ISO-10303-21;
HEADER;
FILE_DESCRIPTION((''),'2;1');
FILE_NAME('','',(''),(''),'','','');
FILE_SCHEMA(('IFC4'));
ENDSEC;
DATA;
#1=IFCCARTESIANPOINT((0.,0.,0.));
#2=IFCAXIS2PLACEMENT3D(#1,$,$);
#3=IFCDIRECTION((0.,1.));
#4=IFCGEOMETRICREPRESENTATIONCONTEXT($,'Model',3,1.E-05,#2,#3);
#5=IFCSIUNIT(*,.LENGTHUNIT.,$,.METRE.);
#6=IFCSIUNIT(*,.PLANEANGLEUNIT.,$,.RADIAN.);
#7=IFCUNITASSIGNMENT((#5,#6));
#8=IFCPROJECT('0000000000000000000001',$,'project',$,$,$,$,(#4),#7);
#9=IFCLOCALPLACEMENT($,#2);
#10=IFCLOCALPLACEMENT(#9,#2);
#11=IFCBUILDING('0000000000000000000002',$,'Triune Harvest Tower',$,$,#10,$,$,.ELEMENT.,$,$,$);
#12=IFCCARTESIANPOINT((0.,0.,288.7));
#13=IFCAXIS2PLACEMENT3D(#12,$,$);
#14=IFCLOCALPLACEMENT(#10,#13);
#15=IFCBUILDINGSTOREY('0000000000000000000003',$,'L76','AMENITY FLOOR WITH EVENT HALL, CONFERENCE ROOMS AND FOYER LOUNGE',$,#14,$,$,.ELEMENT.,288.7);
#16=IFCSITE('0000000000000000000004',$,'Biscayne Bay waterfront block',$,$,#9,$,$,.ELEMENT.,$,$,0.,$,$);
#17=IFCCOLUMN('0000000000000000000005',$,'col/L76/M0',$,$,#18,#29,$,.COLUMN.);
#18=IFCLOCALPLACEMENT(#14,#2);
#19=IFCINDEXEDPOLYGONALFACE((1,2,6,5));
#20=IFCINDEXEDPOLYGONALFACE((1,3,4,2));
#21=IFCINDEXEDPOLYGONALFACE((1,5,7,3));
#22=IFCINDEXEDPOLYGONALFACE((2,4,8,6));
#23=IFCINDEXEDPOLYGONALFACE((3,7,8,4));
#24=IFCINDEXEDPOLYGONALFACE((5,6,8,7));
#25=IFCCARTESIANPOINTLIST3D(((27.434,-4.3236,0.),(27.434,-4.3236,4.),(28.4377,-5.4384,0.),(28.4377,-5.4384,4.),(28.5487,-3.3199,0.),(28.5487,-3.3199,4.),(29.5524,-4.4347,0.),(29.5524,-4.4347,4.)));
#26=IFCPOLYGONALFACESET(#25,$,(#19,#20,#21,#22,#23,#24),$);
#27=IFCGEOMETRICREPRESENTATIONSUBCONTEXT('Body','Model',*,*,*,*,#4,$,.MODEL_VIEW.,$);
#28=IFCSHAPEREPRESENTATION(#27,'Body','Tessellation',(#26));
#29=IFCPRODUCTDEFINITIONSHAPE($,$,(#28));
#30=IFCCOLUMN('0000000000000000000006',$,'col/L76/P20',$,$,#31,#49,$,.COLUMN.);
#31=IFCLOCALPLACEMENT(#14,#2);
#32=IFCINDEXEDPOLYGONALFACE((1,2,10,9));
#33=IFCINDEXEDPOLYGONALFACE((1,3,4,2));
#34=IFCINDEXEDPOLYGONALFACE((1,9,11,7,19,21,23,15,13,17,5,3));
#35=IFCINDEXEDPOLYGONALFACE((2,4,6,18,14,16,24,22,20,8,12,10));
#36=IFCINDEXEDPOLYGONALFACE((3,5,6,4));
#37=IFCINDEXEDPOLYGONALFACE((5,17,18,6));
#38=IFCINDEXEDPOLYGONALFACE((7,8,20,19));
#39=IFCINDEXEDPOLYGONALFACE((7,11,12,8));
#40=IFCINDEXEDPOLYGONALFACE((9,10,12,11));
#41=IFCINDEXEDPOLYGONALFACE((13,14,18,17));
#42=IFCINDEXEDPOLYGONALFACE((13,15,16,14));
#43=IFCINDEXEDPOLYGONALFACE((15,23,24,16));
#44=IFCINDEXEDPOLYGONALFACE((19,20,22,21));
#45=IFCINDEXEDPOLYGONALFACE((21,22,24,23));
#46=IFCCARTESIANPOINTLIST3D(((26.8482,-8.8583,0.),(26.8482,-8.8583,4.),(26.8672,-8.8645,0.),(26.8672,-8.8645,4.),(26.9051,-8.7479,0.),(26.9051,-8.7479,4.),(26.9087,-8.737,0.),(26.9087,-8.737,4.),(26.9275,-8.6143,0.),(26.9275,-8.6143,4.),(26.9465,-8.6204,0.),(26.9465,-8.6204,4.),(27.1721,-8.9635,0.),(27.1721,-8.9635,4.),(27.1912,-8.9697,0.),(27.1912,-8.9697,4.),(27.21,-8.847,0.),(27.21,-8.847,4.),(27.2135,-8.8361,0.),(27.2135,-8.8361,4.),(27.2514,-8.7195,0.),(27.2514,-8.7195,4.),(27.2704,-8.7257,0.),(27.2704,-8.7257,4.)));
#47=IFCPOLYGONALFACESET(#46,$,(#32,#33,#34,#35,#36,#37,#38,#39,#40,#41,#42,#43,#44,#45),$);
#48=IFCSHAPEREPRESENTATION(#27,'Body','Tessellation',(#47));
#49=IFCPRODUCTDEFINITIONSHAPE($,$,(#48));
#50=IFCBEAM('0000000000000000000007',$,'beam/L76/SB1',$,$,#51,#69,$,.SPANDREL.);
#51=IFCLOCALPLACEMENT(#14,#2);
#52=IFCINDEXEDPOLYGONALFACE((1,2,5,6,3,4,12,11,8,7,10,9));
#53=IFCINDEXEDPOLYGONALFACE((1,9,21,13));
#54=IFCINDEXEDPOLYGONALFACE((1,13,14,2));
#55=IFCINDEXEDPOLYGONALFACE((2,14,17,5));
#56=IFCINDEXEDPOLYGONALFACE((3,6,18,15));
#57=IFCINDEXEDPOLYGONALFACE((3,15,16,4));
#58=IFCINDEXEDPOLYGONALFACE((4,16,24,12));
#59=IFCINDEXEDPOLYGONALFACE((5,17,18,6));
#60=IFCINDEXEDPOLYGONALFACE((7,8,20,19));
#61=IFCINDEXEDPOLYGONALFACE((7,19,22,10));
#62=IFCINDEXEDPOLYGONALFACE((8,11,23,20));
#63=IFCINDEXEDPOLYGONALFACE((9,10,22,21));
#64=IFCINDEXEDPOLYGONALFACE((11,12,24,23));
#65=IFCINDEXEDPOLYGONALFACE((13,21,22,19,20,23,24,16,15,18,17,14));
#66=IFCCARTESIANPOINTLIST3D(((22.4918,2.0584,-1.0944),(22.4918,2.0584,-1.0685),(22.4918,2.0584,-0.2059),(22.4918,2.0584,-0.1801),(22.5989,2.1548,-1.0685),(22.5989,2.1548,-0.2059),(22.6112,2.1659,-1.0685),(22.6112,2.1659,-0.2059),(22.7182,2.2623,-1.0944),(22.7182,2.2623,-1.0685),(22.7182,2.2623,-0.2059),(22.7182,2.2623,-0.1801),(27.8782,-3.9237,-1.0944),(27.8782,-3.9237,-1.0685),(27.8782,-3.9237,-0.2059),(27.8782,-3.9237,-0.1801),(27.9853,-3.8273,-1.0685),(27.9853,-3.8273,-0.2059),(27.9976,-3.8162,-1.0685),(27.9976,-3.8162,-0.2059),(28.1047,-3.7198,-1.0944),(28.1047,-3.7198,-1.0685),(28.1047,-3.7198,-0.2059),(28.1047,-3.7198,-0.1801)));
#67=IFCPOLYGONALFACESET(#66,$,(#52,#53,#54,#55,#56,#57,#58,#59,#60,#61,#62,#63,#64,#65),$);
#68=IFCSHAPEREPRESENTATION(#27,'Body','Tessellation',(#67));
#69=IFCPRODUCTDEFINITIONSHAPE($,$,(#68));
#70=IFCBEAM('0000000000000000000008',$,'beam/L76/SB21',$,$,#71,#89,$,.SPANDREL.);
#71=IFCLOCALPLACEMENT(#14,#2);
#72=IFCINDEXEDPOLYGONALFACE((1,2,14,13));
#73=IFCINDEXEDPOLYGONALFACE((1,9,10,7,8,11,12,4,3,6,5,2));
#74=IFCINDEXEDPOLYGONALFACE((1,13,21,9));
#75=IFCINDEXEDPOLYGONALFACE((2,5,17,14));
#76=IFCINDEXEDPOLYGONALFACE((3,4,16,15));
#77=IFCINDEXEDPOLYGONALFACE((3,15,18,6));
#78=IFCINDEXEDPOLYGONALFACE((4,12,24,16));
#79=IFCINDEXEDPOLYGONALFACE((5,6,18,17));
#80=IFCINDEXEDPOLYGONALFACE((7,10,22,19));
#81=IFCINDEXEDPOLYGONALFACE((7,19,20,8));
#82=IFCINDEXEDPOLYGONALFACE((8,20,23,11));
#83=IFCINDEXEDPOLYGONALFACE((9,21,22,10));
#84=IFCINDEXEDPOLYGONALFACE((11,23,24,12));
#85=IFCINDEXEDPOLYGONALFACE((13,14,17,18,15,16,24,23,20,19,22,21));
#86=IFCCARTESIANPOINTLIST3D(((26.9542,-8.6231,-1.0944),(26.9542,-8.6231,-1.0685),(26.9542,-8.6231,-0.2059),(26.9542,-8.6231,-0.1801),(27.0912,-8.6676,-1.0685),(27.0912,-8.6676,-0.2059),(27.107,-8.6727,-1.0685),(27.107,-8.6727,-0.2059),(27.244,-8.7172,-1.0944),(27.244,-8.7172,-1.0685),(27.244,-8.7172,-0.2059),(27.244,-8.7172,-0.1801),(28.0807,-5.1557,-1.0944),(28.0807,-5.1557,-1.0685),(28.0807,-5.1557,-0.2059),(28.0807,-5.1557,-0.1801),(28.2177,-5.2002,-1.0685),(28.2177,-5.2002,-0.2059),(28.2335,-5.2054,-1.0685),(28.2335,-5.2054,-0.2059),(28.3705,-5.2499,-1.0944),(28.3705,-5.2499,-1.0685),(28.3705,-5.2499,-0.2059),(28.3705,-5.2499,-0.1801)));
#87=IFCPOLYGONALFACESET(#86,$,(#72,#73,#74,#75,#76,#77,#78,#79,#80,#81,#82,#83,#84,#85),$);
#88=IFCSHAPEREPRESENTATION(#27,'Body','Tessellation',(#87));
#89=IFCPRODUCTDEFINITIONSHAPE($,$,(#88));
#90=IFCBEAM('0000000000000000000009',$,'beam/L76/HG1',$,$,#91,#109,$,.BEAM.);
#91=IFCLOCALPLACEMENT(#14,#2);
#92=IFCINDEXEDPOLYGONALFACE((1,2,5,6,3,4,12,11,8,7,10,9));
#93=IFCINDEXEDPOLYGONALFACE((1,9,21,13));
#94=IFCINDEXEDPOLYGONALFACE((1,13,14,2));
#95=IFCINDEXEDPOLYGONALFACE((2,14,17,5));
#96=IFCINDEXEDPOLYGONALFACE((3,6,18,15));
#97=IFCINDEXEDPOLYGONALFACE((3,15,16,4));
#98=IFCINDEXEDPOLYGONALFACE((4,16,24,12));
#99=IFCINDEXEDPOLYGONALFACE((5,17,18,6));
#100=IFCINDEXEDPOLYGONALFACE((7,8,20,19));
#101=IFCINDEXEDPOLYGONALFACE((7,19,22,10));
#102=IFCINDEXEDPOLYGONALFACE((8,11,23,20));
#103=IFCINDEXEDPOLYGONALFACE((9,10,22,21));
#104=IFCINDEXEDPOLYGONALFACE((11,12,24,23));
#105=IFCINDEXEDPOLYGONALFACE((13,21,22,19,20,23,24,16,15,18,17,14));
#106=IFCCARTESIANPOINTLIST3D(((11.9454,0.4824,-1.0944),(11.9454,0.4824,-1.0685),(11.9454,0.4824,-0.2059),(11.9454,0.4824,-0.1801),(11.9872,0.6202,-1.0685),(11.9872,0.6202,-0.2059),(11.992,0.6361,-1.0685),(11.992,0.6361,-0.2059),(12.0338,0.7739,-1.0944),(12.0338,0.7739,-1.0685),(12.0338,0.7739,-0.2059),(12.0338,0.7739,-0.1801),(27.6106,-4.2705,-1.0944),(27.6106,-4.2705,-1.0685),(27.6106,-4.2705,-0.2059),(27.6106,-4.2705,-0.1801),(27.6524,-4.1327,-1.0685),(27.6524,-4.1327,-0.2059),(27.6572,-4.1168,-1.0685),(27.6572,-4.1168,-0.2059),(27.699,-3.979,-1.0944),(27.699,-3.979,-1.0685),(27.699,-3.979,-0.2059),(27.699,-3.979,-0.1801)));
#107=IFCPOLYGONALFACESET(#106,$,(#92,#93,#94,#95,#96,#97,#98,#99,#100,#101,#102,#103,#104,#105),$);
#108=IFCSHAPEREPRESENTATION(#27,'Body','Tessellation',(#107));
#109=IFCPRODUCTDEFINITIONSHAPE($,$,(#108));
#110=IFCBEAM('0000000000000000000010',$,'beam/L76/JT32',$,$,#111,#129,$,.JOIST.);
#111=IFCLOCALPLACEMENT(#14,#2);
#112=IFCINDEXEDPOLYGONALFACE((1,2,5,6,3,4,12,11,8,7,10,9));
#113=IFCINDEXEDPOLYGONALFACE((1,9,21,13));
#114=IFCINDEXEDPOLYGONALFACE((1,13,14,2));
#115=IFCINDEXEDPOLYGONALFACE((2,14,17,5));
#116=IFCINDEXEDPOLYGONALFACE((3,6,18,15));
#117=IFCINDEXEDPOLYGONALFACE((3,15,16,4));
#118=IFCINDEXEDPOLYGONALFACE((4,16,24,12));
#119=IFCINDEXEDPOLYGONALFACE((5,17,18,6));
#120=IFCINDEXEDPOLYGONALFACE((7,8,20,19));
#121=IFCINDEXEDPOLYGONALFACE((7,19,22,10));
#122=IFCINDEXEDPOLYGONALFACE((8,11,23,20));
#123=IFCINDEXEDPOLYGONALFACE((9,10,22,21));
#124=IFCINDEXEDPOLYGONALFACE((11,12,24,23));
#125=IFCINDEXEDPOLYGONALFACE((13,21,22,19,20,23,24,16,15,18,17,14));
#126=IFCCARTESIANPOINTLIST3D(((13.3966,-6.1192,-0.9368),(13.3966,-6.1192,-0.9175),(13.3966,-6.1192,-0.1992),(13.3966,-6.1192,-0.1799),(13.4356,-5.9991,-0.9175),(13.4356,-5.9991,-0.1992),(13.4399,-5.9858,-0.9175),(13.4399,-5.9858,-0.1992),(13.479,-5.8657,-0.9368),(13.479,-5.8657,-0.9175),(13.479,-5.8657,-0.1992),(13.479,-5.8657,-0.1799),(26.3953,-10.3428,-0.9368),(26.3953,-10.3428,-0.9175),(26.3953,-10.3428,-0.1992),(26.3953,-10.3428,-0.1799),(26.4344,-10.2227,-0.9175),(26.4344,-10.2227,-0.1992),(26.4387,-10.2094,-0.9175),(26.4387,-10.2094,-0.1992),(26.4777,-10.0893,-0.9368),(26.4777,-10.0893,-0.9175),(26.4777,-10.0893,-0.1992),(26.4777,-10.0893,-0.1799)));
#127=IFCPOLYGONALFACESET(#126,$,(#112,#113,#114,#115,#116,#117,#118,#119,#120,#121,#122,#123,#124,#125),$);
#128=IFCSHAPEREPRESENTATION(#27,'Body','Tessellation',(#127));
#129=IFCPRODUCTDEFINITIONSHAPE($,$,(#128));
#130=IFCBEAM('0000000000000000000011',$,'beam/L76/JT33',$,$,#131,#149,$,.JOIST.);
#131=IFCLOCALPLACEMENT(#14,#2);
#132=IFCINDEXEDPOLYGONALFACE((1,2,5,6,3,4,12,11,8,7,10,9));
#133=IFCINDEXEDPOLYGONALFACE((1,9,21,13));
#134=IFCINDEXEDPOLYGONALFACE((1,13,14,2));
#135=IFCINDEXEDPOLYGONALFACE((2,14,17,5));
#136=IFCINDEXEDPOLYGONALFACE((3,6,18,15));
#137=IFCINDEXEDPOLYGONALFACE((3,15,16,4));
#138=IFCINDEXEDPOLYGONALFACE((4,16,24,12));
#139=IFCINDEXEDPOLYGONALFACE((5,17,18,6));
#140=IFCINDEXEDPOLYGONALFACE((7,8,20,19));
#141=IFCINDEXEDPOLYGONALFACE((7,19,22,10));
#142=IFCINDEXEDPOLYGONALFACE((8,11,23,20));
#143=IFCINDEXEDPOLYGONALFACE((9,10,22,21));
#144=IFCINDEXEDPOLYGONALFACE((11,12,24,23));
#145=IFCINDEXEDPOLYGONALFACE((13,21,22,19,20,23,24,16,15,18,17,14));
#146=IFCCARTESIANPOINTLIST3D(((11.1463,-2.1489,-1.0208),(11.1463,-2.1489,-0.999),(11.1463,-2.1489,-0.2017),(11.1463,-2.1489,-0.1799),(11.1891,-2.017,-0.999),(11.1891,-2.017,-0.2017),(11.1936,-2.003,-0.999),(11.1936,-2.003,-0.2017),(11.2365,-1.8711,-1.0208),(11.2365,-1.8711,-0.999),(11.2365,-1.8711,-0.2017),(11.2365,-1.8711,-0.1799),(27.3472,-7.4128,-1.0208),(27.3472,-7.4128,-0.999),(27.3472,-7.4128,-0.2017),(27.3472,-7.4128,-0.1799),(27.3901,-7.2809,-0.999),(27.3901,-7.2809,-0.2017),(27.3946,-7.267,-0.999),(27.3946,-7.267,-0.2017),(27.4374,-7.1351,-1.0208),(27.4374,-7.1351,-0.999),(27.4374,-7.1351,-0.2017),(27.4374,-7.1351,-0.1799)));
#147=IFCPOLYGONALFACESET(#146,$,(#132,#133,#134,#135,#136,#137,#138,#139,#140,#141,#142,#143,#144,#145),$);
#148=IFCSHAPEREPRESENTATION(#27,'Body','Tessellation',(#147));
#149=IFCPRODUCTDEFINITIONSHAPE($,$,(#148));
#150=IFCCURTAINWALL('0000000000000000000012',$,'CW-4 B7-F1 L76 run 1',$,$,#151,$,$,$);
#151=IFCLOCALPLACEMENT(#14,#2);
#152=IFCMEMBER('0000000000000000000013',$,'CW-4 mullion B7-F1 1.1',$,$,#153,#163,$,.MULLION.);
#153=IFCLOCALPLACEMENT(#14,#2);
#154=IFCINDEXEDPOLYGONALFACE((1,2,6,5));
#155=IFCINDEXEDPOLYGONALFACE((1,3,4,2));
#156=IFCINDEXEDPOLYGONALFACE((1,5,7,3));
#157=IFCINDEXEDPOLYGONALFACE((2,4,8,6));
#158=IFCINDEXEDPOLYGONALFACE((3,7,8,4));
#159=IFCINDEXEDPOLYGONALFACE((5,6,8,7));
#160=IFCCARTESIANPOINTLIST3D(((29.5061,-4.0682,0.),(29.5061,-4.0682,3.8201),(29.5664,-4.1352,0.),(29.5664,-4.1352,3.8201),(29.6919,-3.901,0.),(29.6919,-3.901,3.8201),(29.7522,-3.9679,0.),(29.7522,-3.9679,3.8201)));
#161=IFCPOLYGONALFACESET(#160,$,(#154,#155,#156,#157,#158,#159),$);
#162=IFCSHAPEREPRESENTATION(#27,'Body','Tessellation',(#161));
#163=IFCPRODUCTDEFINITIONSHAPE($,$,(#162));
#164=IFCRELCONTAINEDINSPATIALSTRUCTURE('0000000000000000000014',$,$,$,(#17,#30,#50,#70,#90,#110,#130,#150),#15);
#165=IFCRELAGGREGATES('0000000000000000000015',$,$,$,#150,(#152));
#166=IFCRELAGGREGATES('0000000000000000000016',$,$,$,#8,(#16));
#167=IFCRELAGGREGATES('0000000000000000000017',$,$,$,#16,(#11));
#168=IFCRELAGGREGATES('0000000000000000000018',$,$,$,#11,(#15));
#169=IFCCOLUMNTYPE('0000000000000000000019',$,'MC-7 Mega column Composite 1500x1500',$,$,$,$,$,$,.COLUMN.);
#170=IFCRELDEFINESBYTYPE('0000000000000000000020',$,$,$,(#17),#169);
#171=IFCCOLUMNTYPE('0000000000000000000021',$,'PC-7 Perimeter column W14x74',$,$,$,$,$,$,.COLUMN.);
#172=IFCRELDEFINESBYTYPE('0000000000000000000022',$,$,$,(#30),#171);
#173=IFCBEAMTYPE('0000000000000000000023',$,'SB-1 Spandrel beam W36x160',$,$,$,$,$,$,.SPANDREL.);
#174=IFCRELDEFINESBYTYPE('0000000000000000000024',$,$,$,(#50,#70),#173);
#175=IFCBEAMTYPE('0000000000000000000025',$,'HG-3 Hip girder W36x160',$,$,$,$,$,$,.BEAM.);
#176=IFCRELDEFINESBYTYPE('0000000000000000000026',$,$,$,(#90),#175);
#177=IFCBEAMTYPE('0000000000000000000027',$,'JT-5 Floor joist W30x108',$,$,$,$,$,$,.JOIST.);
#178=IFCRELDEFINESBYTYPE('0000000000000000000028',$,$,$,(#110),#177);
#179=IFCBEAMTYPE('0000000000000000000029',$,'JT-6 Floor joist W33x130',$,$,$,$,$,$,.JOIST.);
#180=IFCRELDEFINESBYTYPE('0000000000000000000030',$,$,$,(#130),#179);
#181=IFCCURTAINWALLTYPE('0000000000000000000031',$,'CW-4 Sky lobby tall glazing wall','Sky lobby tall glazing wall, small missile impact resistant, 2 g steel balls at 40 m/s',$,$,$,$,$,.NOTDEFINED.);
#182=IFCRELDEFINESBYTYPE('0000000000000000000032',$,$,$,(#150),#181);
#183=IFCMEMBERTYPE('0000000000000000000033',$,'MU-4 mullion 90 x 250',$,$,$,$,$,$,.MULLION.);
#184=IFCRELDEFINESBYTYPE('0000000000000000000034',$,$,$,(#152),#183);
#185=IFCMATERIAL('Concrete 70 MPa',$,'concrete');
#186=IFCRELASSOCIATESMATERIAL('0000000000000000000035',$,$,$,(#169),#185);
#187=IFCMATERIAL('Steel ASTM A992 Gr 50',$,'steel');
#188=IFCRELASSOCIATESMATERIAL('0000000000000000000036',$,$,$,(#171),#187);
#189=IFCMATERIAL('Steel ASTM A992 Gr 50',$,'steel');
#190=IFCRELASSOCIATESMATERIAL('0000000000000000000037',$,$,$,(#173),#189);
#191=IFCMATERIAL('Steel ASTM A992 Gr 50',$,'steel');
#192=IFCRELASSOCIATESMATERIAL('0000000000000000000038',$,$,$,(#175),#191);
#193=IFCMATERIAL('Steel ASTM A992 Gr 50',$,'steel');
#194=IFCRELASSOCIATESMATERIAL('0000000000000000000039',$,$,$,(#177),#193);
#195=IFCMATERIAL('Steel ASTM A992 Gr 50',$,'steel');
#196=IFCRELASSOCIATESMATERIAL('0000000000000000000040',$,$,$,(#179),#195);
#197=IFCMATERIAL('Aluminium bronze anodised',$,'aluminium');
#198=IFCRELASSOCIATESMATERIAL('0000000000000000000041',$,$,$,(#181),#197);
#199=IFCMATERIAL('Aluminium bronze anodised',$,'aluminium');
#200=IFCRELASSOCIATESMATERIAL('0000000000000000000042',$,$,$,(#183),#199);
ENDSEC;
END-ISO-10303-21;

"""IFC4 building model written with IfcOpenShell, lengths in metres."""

from ifc_helpers import new_model, si_unit, direction, frame, origin, origin_2d, place, context, subcontext, project, spatial, rectangle, i_section, extrude, source, transform, mapped, material, material_profile, profile_set, type_object, element, aggregate, save


model = new_model("IFC4")

# Units and contexts
model_context = context("Model", 3, precision=1e-05, world=origin(), true_north=direction((0.0, 1.0)))
body_context = subcontext(model_context, "Body", "Model", "MODEL_VIEW")
ifc_project = project(units=[si_unit("LENGTHUNIT", "METRE"), si_unit("PLANEANGLEUNIT", "RADIAN")], contexts=[model_context])

# Site, building, storey
site_placement = place(None, origin())
site = spatial("IfcSite", under=ifc_project, at=site_placement, Name="Biscayne Bay waterfront block", CompositionType="ELEMENT", RefElevation=0.0)
building_placement = place(site_placement, origin())
building = spatial("IfcBuilding", under=site, at=building_placement, Name="Triune Harvest Tower", CompositionType="ELEMENT")
storey_placement = place(building_placement, frame((0.0, 0.0, 288.7)))
storey = spatial("IfcBuildingStorey", under=building, at=storey_placement, Name="L76", Description="AMENITY FLOOR WITH EVENT HALL, CONFERENCE ROOMS AND FOYER LOUNGE", CompositionType="ELEMENT", Elevation=288.7)

# Columns
ifc_material_1 = material(Name="Concrete 70 MPa", Category="concrete")
ifc_material_profile_1 = material_profile(ifc_material_1, rectangle(XDim=1.5, YDim=1.5, at=origin_2d()), Name="Composite 1500x1500")
ifc_profile_set_1 = profile_set([ifc_material_profile_1], Name="Concrete 70 MPa")
column_type_1 = type_object("IfcColumnType", Name="MC-7 Mega column Composite 1500x1500", PredefinedType="COLUMN", material=ifc_profile_set_1)
shared_shape_1 = source(origin(), body_context, "Body", "SweptSolid", [
    extrude(rectangle(XDim=1.5, YDim=1.5, at=origin_2d()), origin(), (0.0, 0.0, 1.0), 4.0),
])
column_1_placement = place(storey_placement, frame((28.4932, -4.3792, 0.0), z_axis=(0.0, 0.0, 1.0), x_axis=(-0.669131, 0.743145, 0.0)))
element("IfcColumn", 1, at=column_1_placement, inside=storey, type_object=column_type_1, Name="col/L76/M0", PredefinedType="COLUMN", context=body_context, shape_type="MappedRepresentation", body=[
    mapped(shared_shape_1, transform((0.0, 0.0, 0.0), scale=1.0)),
])
ifc_material_2 = material(Name="Steel ASTM A992 Gr 50", Category="steel")
ifc_material_profile_2 = material_profile(ifc_material_2, i_section(OverallWidth=0.2566, OverallDepth=0.3606, WebThickness=0.0115, FlangeThickness=0.02, at=origin_2d()), Name="W14x74")
ifc_profile_set_2 = profile_set([ifc_material_profile_2], Name="Steel ASTM A992 Gr 50")
column_type_2 = type_object("IfcColumnType", Name="PC-7 Perimeter column W14x74", PredefinedType="COLUMN", material=ifc_profile_set_2)
shared_shape_2 = source(origin(), body_context, "Body", "SweptSolid", [
    extrude(i_section(OverallWidth=0.2566, OverallDepth=0.3606, WebThickness=0.0115, FlangeThickness=0.02, at=origin_2d()), origin(), (0.0, 0.0, 1.0), 4.0),
])
column_2_placement = place(storey_placement, frame((27.0593, -8.792, 0.0), z_axis=(0.0, 0.0, 1.0), x_axis=(0.309017, 0.951057, 0.0)))
element("IfcColumn", 2, at=column_2_placement, inside=storey, type_object=column_type_2, Name="col/L76/P20", PredefinedType="COLUMN", context=body_context, shape_type="MappedRepresentation", body=[
    mapped(shared_shape_2, transform((0.0, 0.0, 0.0), scale=1.0)),
])

# Beams
ifc_material_3 = material(Name="Steel ASTM A992 Gr 50", Category="steel")
ifc_material_profile_3 = material_profile(ifc_material_3, i_section(OverallWidth=0.3047, OverallDepth=0.9143, WebThickness=0.0166, FlangeThickness=0.0259, at=origin_2d()), Name="W36x160")
ifc_profile_set_3 = profile_set([ifc_material_profile_3], Name="Steel ASTM A992 Gr 50")
beam_type_1 = type_object("IfcBeamType", Name="SB-1 Spandrel beam W36x160", PredefinedType="SPANDREL", material=ifc_profile_set_3)
shared_shape_3 = source(origin(), body_context, "Body", "SweptSolid", [
    extrude(i_section(OverallWidth=0.3047, OverallDepth=0.9143, WebThickness=0.0166, FlangeThickness=0.0259, at=origin_2d()), origin(), (0.0, 0.0, 1.0), 8.0498),
])
beam_1_placement = place(storey_placement, frame((27.9915, -3.8218, -0.6372), z_axis=(-0.669137, 0.743139, 0.0), x_axis=(-0.743139, -0.669137, 0.0)))
element("IfcBeam", 3, at=beam_1_placement, inside=storey, type_object=beam_type_1, Name="beam/L76/SB1", PredefinedType="SPANDREL", context=body_context, shape_type="MappedRepresentation", body=[
    mapped(shared_shape_3, transform((0.0, 0.0, 0.0), scale=1.0)),
])
shared_shape_4 = source(origin(), body_context, "Body", "SweptSolid", [
    extrude(i_section(OverallWidth=0.3047, OverallDepth=0.9143, WebThickness=0.0166, FlangeThickness=0.0259, at=origin_2d()), origin(), (0.0, 0.0, 1.0), 3.6458),
])
beam_2_placement = place(storey_placement, frame((27.0991, -8.6702, -0.6372), z_axis=(0.308986, 0.951067, 0.0), x_axis=(-0.951067, 0.308986, 0.0)))
element("IfcBeam", 4, at=beam_2_placement, inside=storey, type_object=beam_type_1, Name="beam/L76/SB21", PredefinedType="SPANDREL", context=body_context, shape_type="MappedRepresentation", body=[
    mapped(shared_shape_4, transform((0.0, 0.0, 0.0), scale=1.0)),
])
ifc_material_4 = material(Name="Steel ASTM A992 Gr 50", Category="steel")
ifc_material_profile_4 = material_profile(ifc_material_4, i_section(OverallWidth=0.3047, OverallDepth=0.9143, WebThickness=0.0166, FlangeThickness=0.0259, at=origin_2d()), Name="W36x160")
ifc_profile_set_4 = profile_set([ifc_material_profile_4], Name="Steel ASTM A992 Gr 50")
beam_type_2 = type_object("IfcBeamType", Name="HG-3 Hip girder W36x160", PredefinedType="BEAM", material=ifc_profile_set_4)
shared_shape_5 = source(origin(), body_context, "Body", "SweptSolid", [
    extrude(i_section(OverallWidth=0.3047, OverallDepth=0.9143, WebThickness=0.0166, FlangeThickness=0.0259, at=origin_2d()), origin(), (0.0, 0.0, 1.0), 16.3704),
])
beam_3_placement = place(storey_placement, frame((27.6548, -4.1248, -0.6372), z_axis=(-0.956925, 0.290336, 0.0), x_axis=(-0.290336, -0.956925, 0.0)))
element("IfcBeam", 5, at=beam_3_placement, inside=storey, type_object=beam_type_2, Name="beam/L76/HG1", PredefinedType="BEAM", context=body_context, shape_type="MappedRepresentation", body=[
    mapped(shared_shape_5, transform((0.0, 0.0, 0.0), scale=1.0)),
])
ifc_material_5 = material(Name="Steel ASTM A992 Gr 50", Category="steel")
ifc_material_profile_5 = material_profile(ifc_material_5, i_section(OverallWidth=0.2666, OverallDepth=0.7568, WebThickness=0.0139, FlangeThickness=0.0193, at=origin_2d()), Name="W30x108")
ifc_profile_set_5 = profile_set([ifc_material_profile_5], Name="Steel ASTM A992 Gr 50")
beam_type_3 = type_object("IfcBeamType", Name="JT-5 Floor joist W30x108", PredefinedType="JOIST", material=ifc_profile_set_5)
shared_shape_6 = source(origin(), body_context, "Body", "SweptSolid", [
    extrude(i_section(OverallWidth=0.2666, OverallDepth=0.7568, WebThickness=0.0139, FlangeThickness=0.0193, at=origin_2d()), origin(), (0.0, 0.0, 1.0), 13.6677),
])
beam_4_placement = place(storey_placement, frame((26.4365, -10.2161, -0.5583), z_axis=(-0.951055, 0.309022, 0.0), x_axis=(-0.309022, -0.951055, 0.0)))
element("IfcBeam", 6, at=beam_4_placement, inside=storey, type_object=beam_type_3, Name="beam/L76/JT32", PredefinedType="JOIST", context=body_context, shape_type="MappedRepresentation", body=[
    mapped(shared_shape_6, transform((0.0, 0.0, 0.0), scale=1.0)),
])
ifc_material_6 = material(Name="Steel ASTM A992 Gr 50", Category="steel")
ifc_material_profile_6 = material_profile(ifc_material_6, i_section(OverallWidth=0.292, OverallDepth=0.8408, WebThickness=0.0146, FlangeThickness=0.0217, at=origin_2d()), Name="W33x130")
ifc_profile_set_6 = profile_set([ifc_material_profile_6], Name="Steel ASTM A992 Gr 50")
beam_type_4 = type_object("IfcBeamType", Name="JT-6 Floor joist W33x130", PredefinedType="JOIST", material=ifc_profile_set_6)
shared_shape_7 = source(origin(), body_context, "Body", "SweptSolid", [
    extrude(i_section(OverallWidth=0.292, OverallDepth=0.8408, WebThickness=0.0146, FlangeThickness=0.0217, at=origin_2d()), origin(), (0.0, 0.0, 1.0), 17.0347),
])
beam_5_placement = place(storey_placement, frame((27.3923, -7.2739, -0.6003), z_axis=(-0.951058, 0.309013, 0.0), x_axis=(-0.309013, -0.951058, 0.0)))
element("IfcBeam", 7, at=beam_5_placement, inside=storey, type_object=beam_type_4, Name="beam/L76/JT33", PredefinedType="JOIST", context=body_context, shape_type="MappedRepresentation", body=[
    mapped(shared_shape_7, transform((0.0, 0.0, 0.0), scale=1.0)),
])

# Curtain wall, member
ifc_material_7 = material(Name="Aluminium bronze anodised", Category="aluminium")
curtain_wall_type = type_object("IfcCurtainWallType", Name="CW-4 Sky lobby tall glazing wall", Description="Sky lobby tall glazing wall, small missile impact resistant, 2 g steel balls at 40 m/s", PredefinedType="NOTDEFINED", material=ifc_material_7)
curtain_wall_1_placement = place(storey_placement, origin())
curtain_wall_1 = element("IfcCurtainWall", 8, at=curtain_wall_1_placement, inside=storey, type_object=curtain_wall_type, Name="CW-4 B7-F1 L76 run 1")
ifc_material_8 = material(Name="Aluminium bronze anodised", Category="aluminium")
ifc_material_profile_7 = material_profile(ifc_material_8, rectangle(XDim=0.25, YDim=0.0901, at=origin_2d()), Name="MU-4 mullion 90 x 250")
ifc_profile_set_7 = profile_set([ifc_material_profile_7], Name="Aluminium bronze anodised")
member_type_1 = type_object("IfcMemberType", Name="MU-4 mullion 90 x 250", PredefinedType="MULLION", material=ifc_profile_set_7)
shared_shape_8 = source(origin(), body_context, "Body", "SweptSolid", [
    extrude(rectangle(XDim=0.25, YDim=0.0901, at=origin_2d()), origin(), (0.0, 0.0, 1.0), 3.8201),
])
member_1_placement = place(storey_placement, frame((29.6292, -4.0181, 0.0), z_axis=(0.0, 0.0, 1.0), x_axis=(-0.743139, -0.669137, 0.0)))
member_1 = element("IfcMember", 9, at=member_1_placement, type_object=member_type_1, Name="CW-4 mullion B7-F1 1.1", PredefinedType="MULLION", context=body_context, shape_type="MappedRepresentation", body=[
    mapped(shared_shape_8, transform((0.0, 0.0, 0.0), scale=1.0)),
])

aggregate(curtain_wall_1, [member_1])

save(model, "model.ifc")
